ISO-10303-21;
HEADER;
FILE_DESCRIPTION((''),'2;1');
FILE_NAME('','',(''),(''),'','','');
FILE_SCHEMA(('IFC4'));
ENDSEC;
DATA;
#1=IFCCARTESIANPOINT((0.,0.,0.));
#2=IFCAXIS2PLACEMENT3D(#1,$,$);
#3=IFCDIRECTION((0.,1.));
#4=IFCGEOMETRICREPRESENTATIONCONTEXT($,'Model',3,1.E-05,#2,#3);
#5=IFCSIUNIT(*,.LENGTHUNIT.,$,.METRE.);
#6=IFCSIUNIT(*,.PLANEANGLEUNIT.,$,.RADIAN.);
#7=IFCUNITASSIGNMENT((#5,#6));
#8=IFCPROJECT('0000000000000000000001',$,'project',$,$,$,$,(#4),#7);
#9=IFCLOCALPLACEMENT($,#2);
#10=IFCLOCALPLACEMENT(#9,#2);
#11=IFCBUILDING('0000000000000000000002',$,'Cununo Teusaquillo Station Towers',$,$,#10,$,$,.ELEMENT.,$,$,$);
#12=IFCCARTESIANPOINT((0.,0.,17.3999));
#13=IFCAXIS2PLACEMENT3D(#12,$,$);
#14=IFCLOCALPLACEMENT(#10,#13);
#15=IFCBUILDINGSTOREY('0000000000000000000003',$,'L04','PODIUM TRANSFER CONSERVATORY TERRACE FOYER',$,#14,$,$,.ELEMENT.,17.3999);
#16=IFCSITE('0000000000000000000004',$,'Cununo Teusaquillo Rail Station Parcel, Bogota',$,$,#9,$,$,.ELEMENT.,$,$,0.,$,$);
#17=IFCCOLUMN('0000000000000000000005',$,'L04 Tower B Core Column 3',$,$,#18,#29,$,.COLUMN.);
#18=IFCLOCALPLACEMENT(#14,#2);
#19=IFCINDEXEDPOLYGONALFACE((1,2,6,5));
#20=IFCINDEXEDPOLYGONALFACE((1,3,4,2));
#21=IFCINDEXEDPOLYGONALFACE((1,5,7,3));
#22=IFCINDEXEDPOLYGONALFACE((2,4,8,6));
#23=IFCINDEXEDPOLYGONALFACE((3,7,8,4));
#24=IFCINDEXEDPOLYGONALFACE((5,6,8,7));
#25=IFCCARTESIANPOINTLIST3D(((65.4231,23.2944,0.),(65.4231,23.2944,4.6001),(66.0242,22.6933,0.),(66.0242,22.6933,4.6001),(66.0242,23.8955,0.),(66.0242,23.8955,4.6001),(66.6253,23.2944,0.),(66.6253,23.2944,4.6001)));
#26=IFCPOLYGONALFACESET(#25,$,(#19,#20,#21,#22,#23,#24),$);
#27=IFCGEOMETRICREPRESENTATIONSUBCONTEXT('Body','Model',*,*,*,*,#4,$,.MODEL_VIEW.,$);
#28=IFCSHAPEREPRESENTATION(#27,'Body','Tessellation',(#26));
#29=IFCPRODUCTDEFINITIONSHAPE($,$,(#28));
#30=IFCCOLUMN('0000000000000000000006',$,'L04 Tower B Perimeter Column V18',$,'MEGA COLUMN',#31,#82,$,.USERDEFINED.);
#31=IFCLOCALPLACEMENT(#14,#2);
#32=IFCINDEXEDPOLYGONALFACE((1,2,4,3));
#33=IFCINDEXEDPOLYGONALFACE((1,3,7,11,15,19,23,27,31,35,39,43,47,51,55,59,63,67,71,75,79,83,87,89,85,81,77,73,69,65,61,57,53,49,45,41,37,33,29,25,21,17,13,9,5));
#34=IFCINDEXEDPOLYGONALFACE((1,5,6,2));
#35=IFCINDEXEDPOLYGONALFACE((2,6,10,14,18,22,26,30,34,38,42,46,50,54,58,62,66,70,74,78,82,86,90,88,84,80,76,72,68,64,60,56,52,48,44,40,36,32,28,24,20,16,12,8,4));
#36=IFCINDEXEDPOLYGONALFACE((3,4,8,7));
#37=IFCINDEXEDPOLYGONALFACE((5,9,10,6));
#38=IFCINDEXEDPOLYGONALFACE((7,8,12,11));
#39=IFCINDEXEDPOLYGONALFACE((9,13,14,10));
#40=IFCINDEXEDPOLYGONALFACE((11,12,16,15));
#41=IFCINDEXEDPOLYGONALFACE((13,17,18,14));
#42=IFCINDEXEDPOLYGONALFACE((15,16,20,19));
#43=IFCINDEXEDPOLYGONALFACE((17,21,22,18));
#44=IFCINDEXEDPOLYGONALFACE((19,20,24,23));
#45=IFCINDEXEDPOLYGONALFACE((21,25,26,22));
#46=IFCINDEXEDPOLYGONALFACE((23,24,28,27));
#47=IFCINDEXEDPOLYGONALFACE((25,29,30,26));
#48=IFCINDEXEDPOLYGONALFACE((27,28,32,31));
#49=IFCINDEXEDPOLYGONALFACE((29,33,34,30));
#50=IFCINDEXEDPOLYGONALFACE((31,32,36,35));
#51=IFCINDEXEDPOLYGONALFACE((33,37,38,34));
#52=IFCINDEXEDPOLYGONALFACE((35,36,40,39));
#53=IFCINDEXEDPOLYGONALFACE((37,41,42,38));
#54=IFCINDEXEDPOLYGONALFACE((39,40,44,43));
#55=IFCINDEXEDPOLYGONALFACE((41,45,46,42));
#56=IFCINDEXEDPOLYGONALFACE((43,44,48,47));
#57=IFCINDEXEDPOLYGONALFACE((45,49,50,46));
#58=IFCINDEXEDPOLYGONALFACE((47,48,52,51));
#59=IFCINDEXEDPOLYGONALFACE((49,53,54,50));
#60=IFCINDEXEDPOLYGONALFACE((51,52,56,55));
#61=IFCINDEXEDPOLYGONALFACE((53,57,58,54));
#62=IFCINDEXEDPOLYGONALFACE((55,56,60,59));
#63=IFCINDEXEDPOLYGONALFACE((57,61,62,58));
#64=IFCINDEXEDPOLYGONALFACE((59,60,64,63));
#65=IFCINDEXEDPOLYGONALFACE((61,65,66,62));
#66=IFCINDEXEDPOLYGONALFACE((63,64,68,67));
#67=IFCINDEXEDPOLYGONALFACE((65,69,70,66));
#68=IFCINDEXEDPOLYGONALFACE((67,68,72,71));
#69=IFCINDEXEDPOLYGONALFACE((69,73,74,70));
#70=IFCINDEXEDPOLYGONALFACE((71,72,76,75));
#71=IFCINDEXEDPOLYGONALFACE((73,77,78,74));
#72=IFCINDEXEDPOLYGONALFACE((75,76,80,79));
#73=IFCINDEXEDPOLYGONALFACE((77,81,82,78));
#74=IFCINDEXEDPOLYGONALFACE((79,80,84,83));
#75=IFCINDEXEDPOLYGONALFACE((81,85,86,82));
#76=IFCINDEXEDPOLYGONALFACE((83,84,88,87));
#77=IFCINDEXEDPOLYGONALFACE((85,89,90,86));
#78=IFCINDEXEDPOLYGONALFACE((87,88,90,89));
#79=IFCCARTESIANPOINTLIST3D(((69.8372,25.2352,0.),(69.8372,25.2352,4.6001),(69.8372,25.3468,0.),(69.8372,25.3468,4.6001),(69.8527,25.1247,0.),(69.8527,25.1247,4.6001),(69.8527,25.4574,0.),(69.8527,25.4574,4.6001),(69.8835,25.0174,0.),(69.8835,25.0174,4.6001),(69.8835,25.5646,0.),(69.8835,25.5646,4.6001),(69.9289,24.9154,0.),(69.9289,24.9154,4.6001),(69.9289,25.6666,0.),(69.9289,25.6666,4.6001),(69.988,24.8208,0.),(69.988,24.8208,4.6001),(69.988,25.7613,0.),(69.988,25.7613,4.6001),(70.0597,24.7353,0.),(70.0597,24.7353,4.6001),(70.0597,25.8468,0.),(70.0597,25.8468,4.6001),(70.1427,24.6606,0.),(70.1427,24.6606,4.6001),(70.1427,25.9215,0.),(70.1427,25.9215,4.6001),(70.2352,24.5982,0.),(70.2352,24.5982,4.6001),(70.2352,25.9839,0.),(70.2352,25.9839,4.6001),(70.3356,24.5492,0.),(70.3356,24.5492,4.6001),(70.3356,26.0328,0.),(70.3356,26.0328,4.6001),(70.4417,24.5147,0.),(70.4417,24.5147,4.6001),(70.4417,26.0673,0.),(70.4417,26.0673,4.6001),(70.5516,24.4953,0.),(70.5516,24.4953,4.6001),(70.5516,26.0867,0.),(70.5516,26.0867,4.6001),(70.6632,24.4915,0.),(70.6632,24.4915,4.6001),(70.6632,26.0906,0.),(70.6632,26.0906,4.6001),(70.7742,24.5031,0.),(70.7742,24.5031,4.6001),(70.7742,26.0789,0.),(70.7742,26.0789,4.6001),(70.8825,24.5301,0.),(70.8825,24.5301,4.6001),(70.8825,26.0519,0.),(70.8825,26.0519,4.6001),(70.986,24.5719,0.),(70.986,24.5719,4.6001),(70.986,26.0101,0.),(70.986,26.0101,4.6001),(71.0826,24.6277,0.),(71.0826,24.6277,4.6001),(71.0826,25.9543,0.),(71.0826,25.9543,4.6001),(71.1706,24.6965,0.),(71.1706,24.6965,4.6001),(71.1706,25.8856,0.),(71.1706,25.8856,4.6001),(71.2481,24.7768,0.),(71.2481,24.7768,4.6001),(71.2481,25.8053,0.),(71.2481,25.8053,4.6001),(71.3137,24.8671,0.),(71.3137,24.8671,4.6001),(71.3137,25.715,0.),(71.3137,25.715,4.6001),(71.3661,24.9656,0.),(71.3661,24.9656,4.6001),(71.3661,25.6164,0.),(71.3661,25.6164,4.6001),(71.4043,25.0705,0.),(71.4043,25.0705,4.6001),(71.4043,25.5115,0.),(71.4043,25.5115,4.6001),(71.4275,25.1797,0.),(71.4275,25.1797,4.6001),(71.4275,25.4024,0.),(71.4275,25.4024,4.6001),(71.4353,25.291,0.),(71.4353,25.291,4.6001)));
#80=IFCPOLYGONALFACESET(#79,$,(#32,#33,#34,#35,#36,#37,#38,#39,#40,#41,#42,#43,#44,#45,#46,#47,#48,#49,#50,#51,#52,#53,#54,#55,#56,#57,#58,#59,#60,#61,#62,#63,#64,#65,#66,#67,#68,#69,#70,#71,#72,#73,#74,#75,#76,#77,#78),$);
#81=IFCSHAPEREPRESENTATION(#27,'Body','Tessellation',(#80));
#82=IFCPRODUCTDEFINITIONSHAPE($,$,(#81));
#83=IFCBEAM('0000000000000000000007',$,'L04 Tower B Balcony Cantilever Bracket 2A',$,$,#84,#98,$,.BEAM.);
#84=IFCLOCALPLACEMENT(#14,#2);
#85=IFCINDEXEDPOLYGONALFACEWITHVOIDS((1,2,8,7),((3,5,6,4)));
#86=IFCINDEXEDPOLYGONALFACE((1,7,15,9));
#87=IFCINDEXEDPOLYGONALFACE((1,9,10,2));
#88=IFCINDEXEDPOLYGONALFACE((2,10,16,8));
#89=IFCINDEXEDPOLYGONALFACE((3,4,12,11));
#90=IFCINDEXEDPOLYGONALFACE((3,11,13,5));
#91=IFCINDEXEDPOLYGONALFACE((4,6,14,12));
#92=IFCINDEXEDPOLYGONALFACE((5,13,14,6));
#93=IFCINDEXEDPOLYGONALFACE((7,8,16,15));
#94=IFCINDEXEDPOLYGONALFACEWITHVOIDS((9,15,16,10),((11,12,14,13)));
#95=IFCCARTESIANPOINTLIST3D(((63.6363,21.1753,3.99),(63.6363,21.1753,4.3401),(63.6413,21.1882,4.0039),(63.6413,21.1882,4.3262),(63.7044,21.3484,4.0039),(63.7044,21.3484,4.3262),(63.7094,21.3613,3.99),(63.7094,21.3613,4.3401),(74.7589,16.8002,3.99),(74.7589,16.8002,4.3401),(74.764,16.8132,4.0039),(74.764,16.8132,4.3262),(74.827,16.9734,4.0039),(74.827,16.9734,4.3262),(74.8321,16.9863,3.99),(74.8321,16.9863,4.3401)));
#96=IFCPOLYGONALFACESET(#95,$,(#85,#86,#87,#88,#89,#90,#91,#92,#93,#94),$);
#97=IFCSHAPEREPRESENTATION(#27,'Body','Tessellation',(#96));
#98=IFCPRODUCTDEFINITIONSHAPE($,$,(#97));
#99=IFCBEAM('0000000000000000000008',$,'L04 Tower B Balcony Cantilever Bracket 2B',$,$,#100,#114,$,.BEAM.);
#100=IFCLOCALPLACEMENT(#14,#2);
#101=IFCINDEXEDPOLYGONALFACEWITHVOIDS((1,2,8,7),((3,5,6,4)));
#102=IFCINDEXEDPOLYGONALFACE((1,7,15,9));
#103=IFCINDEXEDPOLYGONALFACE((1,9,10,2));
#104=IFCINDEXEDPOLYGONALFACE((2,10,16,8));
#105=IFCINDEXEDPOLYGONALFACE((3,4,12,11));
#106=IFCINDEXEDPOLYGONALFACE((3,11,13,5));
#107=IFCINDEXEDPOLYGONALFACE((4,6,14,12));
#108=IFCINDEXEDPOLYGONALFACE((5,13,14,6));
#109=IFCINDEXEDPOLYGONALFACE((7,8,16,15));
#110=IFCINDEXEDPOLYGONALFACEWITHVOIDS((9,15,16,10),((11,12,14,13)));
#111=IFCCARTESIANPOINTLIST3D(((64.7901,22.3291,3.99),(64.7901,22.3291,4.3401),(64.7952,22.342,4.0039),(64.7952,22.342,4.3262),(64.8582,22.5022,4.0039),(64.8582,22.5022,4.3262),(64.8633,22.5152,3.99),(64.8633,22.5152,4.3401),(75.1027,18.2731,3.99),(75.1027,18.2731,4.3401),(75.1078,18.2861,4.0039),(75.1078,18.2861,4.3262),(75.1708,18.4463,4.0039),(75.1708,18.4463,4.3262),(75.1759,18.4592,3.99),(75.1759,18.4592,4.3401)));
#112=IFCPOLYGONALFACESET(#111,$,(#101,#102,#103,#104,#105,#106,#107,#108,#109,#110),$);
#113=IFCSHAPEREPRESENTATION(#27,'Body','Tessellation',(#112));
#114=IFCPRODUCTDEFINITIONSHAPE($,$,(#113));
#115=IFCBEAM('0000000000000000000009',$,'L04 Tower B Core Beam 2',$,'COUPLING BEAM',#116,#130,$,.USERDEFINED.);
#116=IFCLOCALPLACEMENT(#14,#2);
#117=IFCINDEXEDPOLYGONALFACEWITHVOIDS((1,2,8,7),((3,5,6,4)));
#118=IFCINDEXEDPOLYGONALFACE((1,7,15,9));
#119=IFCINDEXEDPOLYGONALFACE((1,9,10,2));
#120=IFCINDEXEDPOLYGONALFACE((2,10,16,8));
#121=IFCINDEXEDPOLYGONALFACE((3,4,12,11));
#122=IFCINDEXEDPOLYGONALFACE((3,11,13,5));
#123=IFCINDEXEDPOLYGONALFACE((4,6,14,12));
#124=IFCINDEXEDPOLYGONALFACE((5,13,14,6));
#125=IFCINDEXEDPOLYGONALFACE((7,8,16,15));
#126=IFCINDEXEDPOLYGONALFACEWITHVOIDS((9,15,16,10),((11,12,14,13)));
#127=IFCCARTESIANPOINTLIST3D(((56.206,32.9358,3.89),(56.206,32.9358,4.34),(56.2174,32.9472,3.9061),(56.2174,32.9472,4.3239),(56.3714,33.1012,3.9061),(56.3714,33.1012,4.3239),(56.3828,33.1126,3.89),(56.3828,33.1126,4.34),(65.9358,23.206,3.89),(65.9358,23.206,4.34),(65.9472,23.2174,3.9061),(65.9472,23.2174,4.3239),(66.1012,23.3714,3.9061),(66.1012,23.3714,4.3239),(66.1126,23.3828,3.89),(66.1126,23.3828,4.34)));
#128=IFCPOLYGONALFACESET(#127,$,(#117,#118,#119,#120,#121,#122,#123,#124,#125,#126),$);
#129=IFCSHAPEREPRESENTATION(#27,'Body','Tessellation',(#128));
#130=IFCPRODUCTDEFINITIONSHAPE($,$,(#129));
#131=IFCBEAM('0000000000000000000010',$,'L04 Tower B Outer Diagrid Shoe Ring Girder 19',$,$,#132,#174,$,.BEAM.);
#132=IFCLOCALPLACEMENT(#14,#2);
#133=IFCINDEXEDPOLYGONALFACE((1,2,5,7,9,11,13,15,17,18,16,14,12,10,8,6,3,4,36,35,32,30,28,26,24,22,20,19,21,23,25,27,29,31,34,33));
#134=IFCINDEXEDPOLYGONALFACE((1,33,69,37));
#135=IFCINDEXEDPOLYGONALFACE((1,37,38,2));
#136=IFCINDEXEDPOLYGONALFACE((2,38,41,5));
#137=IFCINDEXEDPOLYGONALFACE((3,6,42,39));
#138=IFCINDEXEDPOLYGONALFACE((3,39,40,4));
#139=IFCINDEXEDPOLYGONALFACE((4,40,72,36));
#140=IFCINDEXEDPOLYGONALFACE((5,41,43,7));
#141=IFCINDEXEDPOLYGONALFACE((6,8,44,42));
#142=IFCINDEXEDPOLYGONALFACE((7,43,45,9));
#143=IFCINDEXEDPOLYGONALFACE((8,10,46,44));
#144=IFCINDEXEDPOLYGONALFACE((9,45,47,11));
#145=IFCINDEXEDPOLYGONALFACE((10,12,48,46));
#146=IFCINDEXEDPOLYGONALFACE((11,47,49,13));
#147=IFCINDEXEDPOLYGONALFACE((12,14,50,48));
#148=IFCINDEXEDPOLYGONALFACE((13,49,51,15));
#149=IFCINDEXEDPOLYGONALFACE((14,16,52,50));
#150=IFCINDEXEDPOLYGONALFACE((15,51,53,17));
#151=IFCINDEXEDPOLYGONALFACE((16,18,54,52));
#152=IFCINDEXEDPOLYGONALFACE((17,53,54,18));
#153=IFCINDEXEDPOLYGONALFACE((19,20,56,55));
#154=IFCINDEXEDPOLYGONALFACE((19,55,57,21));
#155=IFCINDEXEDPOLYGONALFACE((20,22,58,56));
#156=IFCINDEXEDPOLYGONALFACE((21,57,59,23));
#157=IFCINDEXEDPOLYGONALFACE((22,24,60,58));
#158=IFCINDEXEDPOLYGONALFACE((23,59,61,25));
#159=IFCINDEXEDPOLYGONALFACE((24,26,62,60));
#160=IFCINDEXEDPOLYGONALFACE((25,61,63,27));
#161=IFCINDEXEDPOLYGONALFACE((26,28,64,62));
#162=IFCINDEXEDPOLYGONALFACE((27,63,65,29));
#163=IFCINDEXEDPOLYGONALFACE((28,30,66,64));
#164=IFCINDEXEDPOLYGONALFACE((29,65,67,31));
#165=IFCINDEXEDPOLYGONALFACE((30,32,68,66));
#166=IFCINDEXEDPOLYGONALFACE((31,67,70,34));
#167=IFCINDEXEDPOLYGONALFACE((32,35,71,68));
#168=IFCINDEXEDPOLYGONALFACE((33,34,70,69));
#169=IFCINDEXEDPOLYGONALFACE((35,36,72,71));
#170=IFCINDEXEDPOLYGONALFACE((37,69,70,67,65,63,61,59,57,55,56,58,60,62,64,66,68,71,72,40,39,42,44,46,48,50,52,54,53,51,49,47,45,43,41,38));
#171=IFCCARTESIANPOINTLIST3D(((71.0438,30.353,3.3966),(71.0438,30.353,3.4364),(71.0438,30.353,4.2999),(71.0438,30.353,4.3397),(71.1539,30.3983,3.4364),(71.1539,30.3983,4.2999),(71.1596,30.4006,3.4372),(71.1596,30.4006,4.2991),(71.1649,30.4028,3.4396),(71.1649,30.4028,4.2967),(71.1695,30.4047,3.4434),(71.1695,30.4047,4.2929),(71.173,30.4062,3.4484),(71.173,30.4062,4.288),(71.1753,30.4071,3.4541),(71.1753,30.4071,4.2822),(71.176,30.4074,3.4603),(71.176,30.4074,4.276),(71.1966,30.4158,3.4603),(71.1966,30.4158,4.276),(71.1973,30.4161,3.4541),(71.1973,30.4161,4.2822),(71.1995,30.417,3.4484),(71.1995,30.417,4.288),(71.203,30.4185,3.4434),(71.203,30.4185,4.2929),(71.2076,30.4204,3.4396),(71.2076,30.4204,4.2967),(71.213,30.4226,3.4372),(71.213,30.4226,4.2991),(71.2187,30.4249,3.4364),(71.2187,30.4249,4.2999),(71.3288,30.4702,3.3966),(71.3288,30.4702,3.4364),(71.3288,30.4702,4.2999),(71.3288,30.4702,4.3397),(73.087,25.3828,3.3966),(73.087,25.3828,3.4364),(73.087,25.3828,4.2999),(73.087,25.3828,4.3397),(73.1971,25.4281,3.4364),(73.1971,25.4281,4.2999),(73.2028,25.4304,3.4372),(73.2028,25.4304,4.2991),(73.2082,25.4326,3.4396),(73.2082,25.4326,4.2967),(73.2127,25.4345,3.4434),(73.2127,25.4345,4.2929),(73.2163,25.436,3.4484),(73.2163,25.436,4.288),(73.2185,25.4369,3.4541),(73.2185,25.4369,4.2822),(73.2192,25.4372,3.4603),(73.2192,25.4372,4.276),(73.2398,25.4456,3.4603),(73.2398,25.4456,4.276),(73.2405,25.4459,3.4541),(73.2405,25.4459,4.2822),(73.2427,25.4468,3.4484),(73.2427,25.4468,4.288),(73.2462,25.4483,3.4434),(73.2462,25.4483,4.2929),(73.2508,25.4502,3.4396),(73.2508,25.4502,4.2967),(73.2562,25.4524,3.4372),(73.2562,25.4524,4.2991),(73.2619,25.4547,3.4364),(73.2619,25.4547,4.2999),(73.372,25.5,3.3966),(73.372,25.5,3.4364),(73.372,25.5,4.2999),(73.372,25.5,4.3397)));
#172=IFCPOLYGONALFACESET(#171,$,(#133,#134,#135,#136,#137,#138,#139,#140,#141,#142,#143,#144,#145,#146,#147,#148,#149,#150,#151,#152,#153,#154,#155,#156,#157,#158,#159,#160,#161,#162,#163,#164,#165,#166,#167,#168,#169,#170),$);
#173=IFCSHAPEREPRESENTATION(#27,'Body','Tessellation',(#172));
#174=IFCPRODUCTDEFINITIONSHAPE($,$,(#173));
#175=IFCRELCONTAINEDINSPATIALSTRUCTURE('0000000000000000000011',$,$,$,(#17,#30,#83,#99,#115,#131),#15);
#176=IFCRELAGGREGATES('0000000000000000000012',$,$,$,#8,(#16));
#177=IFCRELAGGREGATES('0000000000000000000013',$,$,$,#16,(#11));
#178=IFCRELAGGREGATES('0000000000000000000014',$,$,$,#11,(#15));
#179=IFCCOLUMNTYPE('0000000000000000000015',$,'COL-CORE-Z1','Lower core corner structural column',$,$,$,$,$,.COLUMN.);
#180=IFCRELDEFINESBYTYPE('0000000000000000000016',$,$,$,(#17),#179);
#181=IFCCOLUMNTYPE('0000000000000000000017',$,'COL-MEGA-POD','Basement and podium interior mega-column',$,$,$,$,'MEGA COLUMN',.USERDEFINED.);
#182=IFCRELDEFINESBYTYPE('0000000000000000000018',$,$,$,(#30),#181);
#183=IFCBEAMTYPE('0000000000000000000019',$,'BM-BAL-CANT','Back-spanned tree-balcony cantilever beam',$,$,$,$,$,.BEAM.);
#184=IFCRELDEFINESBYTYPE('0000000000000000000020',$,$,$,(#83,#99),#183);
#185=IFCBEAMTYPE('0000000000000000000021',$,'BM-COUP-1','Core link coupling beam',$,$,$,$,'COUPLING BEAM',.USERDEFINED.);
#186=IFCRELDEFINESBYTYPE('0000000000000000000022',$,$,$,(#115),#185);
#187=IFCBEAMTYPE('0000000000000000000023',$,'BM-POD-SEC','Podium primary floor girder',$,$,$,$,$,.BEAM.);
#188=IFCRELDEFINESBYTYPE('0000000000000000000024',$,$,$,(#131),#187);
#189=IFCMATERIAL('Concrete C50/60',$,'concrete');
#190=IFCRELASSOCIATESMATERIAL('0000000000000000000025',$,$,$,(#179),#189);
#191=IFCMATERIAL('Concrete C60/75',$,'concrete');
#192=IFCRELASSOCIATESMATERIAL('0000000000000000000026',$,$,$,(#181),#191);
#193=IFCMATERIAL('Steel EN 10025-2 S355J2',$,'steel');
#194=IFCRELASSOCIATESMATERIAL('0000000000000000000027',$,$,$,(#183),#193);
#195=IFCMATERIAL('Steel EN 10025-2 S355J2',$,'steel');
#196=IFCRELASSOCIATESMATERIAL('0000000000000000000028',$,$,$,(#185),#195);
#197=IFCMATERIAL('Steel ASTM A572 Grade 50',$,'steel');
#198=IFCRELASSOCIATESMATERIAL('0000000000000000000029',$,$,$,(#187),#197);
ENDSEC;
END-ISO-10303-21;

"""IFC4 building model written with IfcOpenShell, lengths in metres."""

from ifc_helpers import new_model, si_unit, direction, frame, origin, origin_2d, place, context, subcontext, project, spatial, rectangle, hollow_rectangle, circle, i_section, extrude, material, material_profile, profile_set, type_object, element, save


model = new_model("IFC4")

# Units and contexts
model_context = context("Model", 3, precision=1e-05, world=origin(), true_north=direction((0.0, 1.0)))
body_context = subcontext(model_context, "Body", "Model", "MODEL_VIEW")
ifc_project = project(units=[si_unit("LENGTHUNIT", "METRE"), si_unit("PLANEANGLEUNIT", "RADIAN")], contexts=[model_context])

# Site, building, storey
site_placement = place(None, origin())
site = spatial("IfcSite", under=ifc_project, at=site_placement, Name="Cununo Teusaquillo Rail Station Parcel, Bogota", CompositionType="ELEMENT", RefElevation=0.0)
building_placement = place(site_placement, origin())
building = spatial("IfcBuilding", under=site, at=building_placement, Name="Cununo Teusaquillo Station Towers", CompositionType="ELEMENT")
storey_placement = place(building_placement, frame((0.0, 0.0, 17.3999)))
storey = spatial("IfcBuildingStorey", under=building, at=storey_placement, Name="L04", Description="PODIUM TRANSFER CONSERVATORY TERRACE FOYER", CompositionType="ELEMENT", Elevation=17.3999)

# Columns
ifc_material_1 = material(Name="Concrete C50/60", Category="concrete")
ifc_material_profile_1 = material_profile(ifc_material_1, rectangle(XDim=0.8501, YDim=0.8501, at=origin_2d()), Name="RC-RECT-850x850")
ifc_profile_set_1 = profile_set([ifc_material_profile_1], Name="Concrete C50/60")
column_type_1 = type_object("IfcColumnType", Name="COL-CORE-Z1", Description="Lower core corner structural column", PredefinedType="COLUMN", material=ifc_profile_set_1)
column_1_placement = place(storey_placement, frame((66.0242, 23.2944, 0.0), z_axis=(0.0, 0.0, 1.0), x_axis=(0.707107, 0.707107, 0.0)))
element("IfcColumn", 1, at=column_1_placement, inside=storey, type_object=column_type_1, Name="L04 Tower B Core Column 3", PredefinedType="COLUMN", context=body_context, shape_type="SweptSolid", body=[
    extrude(rectangle(XDim=0.8501, YDim=0.8501, at=origin_2d()), origin(), (0.0, 0.0, 1.0), 4.6001),
])
ifc_material_2 = material(Name="Concrete C60/75", Category="concrete")
ifc_material_profile_2 = material_profile(ifc_material_2, circle(Radius=0.8, at=origin_2d()), Name="RC-CIRC-1600")
ifc_profile_set_2 = profile_set([ifc_material_profile_2], Name="Concrete C60/75")
column_type_2 = type_object("IfcColumnType", Name="COL-MEGA-POD", Description="Basement and podium interior mega-column", ElementType="MEGA COLUMN", PredefinedType="USERDEFINED", material=ifc_profile_set_2)
column_2_placement = place(storey_placement, frame((70.6353, 25.291, 0.0), z_axis=(0.0, 0.0, 1.0), x_axis=(1.0, 0.0, 0.0)))
element("IfcColumn", 2, at=column_2_placement, inside=storey, type_object=column_type_2, Name="L04 Tower B Perimeter Column V18", ObjectType="MEGA COLUMN", PredefinedType="USERDEFINED", context=body_context, shape_type="SweptSolid", body=[
    extrude(circle(Radius=0.8, at=origin_2d()), origin(), (0.0, 0.0, 1.0), 4.6001),
])

# Beams
ifc_material_3 = material(Name="Steel EN 10025-2 S355J2", Category="steel")
ifc_material_profile_3 = material_profile(ifc_material_3, hollow_rectangle(XDim=0.2, YDim=0.3501, WallThickness=0.0139, at=origin_2d()), Name="RHS 350x200x14")
ifc_profile_set_3 = profile_set([ifc_material_profile_3], Name="Steel EN 10025-2 S355J2")
beam_type_1 = type_object("IfcBeamType", Name="BM-BAL-CANT", Description="Back-spanned tree-balcony cantilever beam", PredefinedType="BEAM", material=ifc_profile_set_3)
beam_1_placement = place(storey_placement, frame((63.6729, 21.2683, 4.165), z_axis=(0.930597, -0.366045, 0.0), x_axis=(0.366045, 0.930597, 0.0)))
element("IfcBeam", 3, at=beam_1_placement, inside=storey, type_object=beam_type_1, Name="L04 Tower B Balcony Cantilever Bracket 2A", PredefinedType="BEAM", context=body_context, shape_type="SweptSolid", body=[
    extrude(hollow_rectangle(XDim=0.2, YDim=0.3501, WallThickness=0.0139, at=origin_2d()), origin(), (0.0, 0.0, 1.0), 11.9521),
])
beam_2_placement = place(storey_placement, frame((64.8267, 22.4221, 4.165), z_axis=(0.930611, -0.36601, 0.0), x_axis=(0.36601, 0.930611, 0.0)))
element("IfcBeam", 4, at=beam_2_placement, inside=storey, type_object=beam_type_1, Name="L04 Tower B Balcony Cantilever Bracket 2B", PredefinedType="BEAM", context=body_context, shape_type="SweptSolid", body=[
    extrude(hollow_rectangle(XDim=0.2, YDim=0.3501, WallThickness=0.0139, at=origin_2d()), origin(), (0.0, 0.0, 1.0), 11.0815),
])
ifc_material_4 = material(Name="Steel EN 10025-2 S355J2", Category="steel")
ifc_material_profile_4 = material_profile(ifc_material_4, hollow_rectangle(XDim=0.25, YDim=0.45, WallThickness=0.0161, at=origin_2d()), Name="RHS 450x250x16")
ifc_profile_set_4 = profile_set([ifc_material_profile_4], Name="Steel EN 10025-2 S355J2")
beam_type_2 = type_object("IfcBeamType", Name="BM-COUP-1", Description="Core link coupling beam", ElementType="COUPLING BEAM", PredefinedType="USERDEFINED", material=ifc_profile_set_4)
beam_3_placement = place(storey_placement, frame((66.0242, 23.2944, 4.115), z_axis=(-0.707107, 0.707107, 0.0), x_axis=(-0.707107, -0.707107, 0.0)))
element("IfcBeam", 5, at=beam_3_placement, inside=storey, type_object=beam_type_2, Name="L04 Tower B Core Beam 2", ObjectType="COUPLING BEAM", PredefinedType="USERDEFINED", context=body_context, shape_type="SweptSolid", body=[
    extrude(hollow_rectangle(XDim=0.25, YDim=0.45, WallThickness=0.0161, at=origin_2d()), origin(), (0.0, 0.0, 1.0), 13.76),
])
ifc_material_5 = material(Name="Steel ASTM A572 Grade 50", Category="steel")
ifc_material_profile_5 = material_profile(ifc_material_5, i_section(OverallWidth=0.3081, OverallDepth=0.9431, WebThickness=0.0222, FlangeThickness=0.0398, FilletRadius=0.0239, at=origin_2d()), Name="W36X232")
ifc_profile_set_5 = profile_set([ifc_material_profile_5], Name="Steel ASTM A572 Grade 50")
beam_type_3 = type_object("IfcBeamType", Name="BM-POD-SEC", Description="Podium primary floor girder", PredefinedType="BEAM", material=ifc_profile_set_5)
beam_4_placement = place(storey_placement, frame((73.2295, 25.4414, 3.8682), z_axis=(-0.380217, 0.924897, 0.0), x_axis=(-0.924897, -0.380217, 0.0)))
element("IfcBeam", 6, at=beam_4_placement, inside=storey, type_object=beam_type_3, Name="L04 Tower B Outer Diagrid Shoe Ring Girder 19", PredefinedType="BEAM", context=body_context, shape_type="SweptSolid", body=[
    extrude(i_section(OverallWidth=0.3081, OverallDepth=0.9431, WebThickness=0.0222, FlangeThickness=0.0398, FilletRadius=0.0239, at=origin_2d()), origin(), (0.0, 0.0, 1.0), 5.3738),
])

save(model, "model.ifc")
